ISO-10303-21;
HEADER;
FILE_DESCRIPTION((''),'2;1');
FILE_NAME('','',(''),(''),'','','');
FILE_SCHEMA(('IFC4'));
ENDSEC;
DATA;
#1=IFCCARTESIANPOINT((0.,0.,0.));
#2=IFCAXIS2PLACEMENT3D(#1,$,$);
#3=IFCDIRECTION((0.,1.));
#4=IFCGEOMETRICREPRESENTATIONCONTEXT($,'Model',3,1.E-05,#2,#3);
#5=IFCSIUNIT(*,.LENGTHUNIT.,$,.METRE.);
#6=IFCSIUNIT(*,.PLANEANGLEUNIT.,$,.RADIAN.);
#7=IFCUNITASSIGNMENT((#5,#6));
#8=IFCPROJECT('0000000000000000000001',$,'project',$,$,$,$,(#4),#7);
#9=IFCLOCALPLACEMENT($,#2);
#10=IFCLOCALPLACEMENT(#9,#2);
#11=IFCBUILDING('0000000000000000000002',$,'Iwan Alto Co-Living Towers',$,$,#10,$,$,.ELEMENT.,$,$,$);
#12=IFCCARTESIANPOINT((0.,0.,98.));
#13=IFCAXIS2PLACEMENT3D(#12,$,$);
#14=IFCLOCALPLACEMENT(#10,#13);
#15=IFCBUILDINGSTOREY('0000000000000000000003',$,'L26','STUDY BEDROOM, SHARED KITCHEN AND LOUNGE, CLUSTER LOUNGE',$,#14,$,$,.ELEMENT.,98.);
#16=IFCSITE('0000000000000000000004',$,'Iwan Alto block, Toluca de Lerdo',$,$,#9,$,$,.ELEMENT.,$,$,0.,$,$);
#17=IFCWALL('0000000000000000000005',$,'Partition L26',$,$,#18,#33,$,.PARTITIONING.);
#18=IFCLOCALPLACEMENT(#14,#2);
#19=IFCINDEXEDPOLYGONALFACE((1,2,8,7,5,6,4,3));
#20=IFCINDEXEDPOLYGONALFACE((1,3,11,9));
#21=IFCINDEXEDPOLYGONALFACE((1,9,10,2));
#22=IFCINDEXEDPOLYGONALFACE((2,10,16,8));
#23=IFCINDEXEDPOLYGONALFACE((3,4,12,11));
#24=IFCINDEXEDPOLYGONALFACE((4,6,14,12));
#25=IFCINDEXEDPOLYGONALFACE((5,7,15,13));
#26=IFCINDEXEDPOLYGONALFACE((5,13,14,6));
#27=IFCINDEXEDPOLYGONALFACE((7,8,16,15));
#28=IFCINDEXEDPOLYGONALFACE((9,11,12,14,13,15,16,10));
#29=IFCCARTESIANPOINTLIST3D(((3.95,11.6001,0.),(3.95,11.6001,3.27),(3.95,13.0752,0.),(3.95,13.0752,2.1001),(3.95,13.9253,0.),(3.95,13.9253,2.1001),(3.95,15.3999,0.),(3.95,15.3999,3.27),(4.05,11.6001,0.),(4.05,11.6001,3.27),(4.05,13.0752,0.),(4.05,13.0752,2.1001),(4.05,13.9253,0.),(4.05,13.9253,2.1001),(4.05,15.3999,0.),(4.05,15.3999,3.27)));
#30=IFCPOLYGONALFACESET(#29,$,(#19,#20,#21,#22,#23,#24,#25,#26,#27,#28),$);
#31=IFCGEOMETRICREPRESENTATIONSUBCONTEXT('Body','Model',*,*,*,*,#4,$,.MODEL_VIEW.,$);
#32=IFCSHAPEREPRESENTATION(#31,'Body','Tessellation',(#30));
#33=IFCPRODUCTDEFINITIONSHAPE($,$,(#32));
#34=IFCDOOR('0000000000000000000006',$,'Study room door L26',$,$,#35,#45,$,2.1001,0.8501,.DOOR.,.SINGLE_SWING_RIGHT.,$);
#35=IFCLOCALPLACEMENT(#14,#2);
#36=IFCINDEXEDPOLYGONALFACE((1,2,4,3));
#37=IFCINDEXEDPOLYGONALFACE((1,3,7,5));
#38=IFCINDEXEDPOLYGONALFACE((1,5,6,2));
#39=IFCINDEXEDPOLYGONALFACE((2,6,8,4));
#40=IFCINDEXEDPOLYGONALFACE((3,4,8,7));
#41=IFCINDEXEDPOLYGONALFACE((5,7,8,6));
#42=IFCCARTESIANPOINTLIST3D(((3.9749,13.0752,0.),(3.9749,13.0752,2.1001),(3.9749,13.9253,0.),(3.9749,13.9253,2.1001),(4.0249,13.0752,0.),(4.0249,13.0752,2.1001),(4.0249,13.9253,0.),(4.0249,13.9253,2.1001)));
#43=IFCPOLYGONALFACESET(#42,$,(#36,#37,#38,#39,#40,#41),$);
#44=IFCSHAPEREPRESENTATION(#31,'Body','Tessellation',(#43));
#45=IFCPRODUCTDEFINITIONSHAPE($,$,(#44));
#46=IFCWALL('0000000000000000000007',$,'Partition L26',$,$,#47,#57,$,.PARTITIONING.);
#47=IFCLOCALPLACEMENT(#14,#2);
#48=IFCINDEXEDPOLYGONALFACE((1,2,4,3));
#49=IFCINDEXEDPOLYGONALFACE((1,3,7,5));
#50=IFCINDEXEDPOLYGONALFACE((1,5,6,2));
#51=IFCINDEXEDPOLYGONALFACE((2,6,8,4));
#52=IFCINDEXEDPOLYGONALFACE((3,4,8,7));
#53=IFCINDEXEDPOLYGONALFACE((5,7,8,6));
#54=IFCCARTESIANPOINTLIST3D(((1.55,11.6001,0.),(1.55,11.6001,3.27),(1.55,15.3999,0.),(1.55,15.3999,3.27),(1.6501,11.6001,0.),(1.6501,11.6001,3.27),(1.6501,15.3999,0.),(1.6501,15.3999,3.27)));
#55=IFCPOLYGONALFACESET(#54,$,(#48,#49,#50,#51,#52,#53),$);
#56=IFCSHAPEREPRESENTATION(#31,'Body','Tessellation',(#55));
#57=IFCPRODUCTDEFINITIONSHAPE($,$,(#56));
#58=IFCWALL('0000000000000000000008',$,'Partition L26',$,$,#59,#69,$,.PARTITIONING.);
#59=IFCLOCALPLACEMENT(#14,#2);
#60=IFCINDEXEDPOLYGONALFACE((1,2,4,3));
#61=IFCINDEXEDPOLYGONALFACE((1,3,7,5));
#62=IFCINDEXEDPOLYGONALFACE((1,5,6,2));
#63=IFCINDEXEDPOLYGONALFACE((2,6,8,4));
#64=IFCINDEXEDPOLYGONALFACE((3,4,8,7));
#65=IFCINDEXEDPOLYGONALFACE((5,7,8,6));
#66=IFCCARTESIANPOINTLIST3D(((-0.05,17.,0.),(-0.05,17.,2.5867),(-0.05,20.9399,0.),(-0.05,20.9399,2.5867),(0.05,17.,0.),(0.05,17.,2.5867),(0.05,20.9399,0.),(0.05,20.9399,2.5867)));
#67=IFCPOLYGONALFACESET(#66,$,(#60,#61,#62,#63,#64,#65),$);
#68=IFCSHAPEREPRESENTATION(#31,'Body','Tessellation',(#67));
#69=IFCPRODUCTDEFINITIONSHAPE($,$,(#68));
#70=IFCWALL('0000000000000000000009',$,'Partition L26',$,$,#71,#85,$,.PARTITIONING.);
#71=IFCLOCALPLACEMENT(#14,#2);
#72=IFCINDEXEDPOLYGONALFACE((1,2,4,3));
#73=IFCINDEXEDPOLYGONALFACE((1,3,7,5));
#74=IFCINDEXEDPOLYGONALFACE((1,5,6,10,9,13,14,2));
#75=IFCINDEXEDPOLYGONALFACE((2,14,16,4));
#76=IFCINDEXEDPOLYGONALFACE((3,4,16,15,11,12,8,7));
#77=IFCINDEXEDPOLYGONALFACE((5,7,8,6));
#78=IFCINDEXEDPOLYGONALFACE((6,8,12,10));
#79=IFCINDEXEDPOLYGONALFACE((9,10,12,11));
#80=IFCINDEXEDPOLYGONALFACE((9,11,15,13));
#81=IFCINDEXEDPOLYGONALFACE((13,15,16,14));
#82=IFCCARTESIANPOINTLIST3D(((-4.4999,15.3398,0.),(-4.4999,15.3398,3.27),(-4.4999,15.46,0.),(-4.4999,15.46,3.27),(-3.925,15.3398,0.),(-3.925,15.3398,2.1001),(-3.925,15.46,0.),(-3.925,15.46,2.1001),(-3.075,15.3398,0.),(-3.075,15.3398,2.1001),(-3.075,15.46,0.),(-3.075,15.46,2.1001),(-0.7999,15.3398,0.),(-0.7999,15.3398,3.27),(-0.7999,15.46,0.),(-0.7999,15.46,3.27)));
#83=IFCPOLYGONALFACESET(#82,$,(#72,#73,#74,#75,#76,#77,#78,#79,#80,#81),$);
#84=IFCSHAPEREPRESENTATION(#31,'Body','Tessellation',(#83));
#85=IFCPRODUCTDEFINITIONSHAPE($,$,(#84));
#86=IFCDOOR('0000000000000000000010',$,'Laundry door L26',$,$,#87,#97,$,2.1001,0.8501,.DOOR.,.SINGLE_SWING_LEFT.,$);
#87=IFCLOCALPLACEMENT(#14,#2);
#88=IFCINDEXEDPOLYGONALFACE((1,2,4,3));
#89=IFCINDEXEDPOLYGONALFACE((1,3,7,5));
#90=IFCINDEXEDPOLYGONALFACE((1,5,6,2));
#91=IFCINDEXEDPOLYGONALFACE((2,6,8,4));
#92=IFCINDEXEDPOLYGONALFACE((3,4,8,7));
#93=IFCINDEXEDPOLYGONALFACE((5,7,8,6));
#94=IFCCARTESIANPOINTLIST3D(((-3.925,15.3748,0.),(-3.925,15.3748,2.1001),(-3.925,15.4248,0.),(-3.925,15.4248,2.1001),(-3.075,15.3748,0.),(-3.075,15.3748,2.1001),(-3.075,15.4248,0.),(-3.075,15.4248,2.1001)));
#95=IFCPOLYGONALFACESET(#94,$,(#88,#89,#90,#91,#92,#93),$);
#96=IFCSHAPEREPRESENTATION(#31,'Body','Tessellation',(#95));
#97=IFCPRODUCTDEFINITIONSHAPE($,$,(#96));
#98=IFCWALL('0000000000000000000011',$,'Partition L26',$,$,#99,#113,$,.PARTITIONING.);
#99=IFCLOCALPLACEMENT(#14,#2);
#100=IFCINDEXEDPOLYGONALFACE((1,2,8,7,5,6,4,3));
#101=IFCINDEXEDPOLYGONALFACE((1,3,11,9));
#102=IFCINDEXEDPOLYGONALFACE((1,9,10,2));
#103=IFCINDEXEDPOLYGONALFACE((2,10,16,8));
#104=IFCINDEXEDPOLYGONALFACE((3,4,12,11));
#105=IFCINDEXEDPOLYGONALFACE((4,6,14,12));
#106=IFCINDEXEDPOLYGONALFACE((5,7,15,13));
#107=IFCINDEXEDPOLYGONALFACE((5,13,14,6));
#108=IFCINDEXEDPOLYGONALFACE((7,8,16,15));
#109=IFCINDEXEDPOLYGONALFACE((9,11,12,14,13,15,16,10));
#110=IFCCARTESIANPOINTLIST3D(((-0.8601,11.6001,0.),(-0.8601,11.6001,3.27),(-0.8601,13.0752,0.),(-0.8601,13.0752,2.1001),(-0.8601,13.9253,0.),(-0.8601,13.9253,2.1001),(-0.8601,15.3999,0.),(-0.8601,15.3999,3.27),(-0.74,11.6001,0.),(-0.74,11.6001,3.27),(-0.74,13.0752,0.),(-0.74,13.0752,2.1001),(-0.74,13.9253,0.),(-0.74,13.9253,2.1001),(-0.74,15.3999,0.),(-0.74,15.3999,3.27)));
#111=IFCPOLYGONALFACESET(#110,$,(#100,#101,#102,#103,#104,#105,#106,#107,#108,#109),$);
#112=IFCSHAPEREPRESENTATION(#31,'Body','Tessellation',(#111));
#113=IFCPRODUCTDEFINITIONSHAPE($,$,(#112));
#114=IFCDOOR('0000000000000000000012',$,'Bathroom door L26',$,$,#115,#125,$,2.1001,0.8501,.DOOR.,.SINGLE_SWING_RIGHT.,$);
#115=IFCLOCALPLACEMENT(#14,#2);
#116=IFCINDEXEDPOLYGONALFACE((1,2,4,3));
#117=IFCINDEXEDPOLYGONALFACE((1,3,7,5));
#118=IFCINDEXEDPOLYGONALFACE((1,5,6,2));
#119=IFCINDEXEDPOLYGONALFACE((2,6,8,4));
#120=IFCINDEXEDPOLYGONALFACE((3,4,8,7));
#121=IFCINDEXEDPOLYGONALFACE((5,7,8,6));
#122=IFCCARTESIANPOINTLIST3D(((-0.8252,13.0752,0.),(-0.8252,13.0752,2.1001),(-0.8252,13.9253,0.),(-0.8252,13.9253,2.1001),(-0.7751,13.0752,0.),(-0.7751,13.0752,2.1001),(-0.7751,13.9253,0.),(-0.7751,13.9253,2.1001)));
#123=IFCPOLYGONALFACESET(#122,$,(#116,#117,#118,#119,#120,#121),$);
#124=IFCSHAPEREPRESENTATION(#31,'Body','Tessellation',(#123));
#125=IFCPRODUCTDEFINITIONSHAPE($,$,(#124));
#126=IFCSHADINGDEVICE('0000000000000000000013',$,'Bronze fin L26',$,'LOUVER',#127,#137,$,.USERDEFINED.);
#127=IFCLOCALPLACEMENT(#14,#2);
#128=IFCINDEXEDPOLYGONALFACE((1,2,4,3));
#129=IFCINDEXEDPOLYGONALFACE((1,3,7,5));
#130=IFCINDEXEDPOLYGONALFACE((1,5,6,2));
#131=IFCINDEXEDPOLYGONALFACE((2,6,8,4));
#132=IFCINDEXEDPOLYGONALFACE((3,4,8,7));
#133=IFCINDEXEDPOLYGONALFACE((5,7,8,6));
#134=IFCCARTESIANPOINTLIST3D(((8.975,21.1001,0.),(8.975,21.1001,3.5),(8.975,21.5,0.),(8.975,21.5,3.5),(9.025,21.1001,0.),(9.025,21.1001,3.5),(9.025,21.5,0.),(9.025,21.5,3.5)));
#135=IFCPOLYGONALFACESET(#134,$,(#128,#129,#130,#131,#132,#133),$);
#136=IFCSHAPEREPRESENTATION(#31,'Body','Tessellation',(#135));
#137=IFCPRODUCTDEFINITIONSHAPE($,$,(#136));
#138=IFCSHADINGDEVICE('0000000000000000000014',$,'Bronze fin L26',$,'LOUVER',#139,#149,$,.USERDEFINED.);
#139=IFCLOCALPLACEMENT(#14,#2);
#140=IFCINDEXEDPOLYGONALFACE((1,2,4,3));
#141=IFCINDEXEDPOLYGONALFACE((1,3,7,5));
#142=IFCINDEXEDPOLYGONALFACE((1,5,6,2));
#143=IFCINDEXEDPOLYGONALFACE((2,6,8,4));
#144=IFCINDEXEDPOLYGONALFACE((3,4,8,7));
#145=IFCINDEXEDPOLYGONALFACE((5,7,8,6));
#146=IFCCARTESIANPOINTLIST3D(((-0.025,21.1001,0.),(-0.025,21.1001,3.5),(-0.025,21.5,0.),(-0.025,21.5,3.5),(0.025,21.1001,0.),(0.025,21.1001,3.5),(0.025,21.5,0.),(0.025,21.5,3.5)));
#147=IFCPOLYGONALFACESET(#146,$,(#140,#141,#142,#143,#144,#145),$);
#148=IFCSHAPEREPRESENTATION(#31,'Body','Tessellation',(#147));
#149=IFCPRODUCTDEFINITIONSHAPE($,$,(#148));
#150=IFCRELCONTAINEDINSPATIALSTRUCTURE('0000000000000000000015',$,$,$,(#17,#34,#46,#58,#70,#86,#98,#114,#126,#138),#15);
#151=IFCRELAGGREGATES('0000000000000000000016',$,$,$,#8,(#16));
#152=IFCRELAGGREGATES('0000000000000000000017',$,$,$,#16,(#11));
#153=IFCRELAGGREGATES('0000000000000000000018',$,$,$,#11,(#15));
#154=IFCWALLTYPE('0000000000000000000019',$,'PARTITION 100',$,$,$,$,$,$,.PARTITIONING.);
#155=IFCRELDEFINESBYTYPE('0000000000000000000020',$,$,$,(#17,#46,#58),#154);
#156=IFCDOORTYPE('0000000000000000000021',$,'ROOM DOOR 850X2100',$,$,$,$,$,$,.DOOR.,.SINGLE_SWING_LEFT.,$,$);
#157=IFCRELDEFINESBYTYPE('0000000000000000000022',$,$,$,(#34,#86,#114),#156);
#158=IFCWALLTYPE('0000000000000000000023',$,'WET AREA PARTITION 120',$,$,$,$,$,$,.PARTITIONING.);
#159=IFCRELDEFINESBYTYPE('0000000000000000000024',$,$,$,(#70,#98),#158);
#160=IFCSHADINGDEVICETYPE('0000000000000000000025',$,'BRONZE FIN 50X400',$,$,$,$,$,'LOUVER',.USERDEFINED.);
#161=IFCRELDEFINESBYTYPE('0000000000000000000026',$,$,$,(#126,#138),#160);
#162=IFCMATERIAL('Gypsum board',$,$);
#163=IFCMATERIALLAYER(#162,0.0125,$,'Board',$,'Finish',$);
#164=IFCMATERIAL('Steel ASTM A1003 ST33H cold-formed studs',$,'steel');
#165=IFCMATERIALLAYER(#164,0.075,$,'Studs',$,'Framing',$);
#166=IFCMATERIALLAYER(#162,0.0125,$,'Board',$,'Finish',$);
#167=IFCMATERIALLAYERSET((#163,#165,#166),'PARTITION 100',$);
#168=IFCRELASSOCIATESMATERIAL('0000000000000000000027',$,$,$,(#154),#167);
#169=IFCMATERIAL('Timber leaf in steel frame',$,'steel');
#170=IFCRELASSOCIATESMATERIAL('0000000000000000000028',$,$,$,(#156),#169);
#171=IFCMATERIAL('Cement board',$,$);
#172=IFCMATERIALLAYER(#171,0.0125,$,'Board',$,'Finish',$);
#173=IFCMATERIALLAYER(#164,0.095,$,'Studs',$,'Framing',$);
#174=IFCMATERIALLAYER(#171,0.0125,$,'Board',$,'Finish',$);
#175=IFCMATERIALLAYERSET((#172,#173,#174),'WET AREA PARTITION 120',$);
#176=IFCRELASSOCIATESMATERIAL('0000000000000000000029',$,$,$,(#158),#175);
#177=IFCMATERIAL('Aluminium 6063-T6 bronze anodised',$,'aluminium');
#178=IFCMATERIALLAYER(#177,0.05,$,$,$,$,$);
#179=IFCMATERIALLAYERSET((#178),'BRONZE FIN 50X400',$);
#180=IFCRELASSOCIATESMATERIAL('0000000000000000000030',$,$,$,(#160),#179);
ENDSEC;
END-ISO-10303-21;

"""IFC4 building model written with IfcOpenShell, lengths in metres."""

from ifc_helpers import new_model, si_unit, direction, frame, frame_2d, origin, origin_2d, place, context, subcontext, project, spatial, rectangle, extrude, material, layer, layer_set, type_object, element, fill, save


model = new_model("IFC4")

# Units and contexts
model_context = context("Model", 3, precision=1e-05, world=origin(), true_north=direction((0.0, 1.0)))
body_context = subcontext(model_context, "Body", "Model", "MODEL_VIEW")
ifc_project = project(units=[si_unit("LENGTHUNIT", "METRE"), si_unit("PLANEANGLEUNIT", "RADIAN")], contexts=[model_context])

# Site, building, storey
site_placement = place(None, origin())
site = spatial("IfcSite", under=ifc_project, at=site_placement, Name="Iwan Alto block, Toluca de Lerdo", CompositionType="ELEMENT", RefElevation=0.0)
building_placement = place(site_placement, origin())
building = spatial("IfcBuilding", under=site, at=building_placement, Name="Iwan Alto Co-Living Towers", CompositionType="ELEMENT")
storey_placement = place(building_placement, frame((0.0, 0.0, 98.0)))
storey = spatial("IfcBuildingStorey", under=building, at=storey_placement, Name="L26", Description="STUDY BEDROOM, SHARED KITCHEN AND LOUNGE, CLUSTER LOUNGE", CompositionType="ELEMENT", Elevation=98.0)

# Shared definitions
ifc_material_1 = material(Name="Gypsum board")
ifc_layer_1 = layer(ifc_material_1, 0.0125, Name="Board", Category="Finish")
ifc_material_2 = material(Name="Steel ASTM A1003 ST33H cold-formed studs", Category="steel")
ifc_layer_2 = layer(ifc_material_2, 0.075, Name="Studs", Category="Framing")
ifc_layer_3 = layer(ifc_material_1, 0.0125, Name="Board", Category="Finish")
ifc_layer_set_1 = layer_set([ifc_layer_1, ifc_layer_2, ifc_layer_3], Name="PARTITION 100")
wall_type_1 = type_object("IfcWallType", Name="PARTITION 100", PredefinedType="PARTITIONING", material=ifc_layer_set_1)

# Shared definitions
ifc_material_3 = material(Name="Timber leaf in steel frame", Category="steel")
door_type_1 = type_object("IfcDoorType", Name="ROOM DOOR 850X2100", OperationType="SINGLE_SWING_LEFT", PredefinedType="DOOR", material=ifc_material_3)

# Wall, opening, door
wall_1_placement = place(storey_placement, frame((4.0, 11.6001, 0.0), z_axis=(0.0, 0.0, 1.0), x_axis=(0.0, 1.0, 0.0)))
wall_1 = element("IfcWall", 1, at=wall_1_placement, inside=storey, type_object=wall_type_1, Name="Partition L26", PredefinedType="PARTITIONING", context=body_context, shape_type="SweptSolid", body=[
    extrude(rectangle(XDim=3.7998, YDim=0.1001, at=frame_2d((1.8999, 0.0))), origin(), (0.0, 0.0, 1.0), 3.27),
])
opening_1_placement = place(wall_1_placement, frame((1.4751, 0.0, 0.0)))
opening_1 = element("IfcOpeningElement", 2, at=opening_1_placement, cuts=wall_1, PredefinedType="OPENING", context=body_context, shape_type="SweptSolid", body=[
    extrude(rectangle(XDim=0.8501, YDim=2.1001, at=frame_2d((0.425, 1.05))), frame((0.0, 0.0601, 0.0), z_axis=(0.0, -1.0, 0.0), x_axis=(1.0, 0.0, 0.0)), (0.0, 0.0, 1.0), 0.1201),
])
door_1_placement = place(opening_1_placement, frame((0.8501, 0.0, 0.0), z_axis=(0.0, 0.0, 1.0), x_axis=(-1.0, 0.0, 0.0)))
door_1 = element("IfcDoor", 3, at=door_1_placement, inside=storey, type_object=door_type_1, Name="Study room door L26", OperationType="SINGLE_SWING_RIGHT", OverallHeight=2.1001, OverallWidth=0.8501, PredefinedType="DOOR", context=body_context, shape_type="SweptSolid", body=[
    extrude(rectangle(XDim=0.8501, YDim=2.1001, at=frame_2d((0.425, 1.05))), frame((0.0, 0.0249, 0.0), z_axis=(0.0, -1.0, 0.0), x_axis=(1.0, 0.0, 0.0)), (0.0, 0.0, 1.0), 0.05),
])
fill(opening_1, door_1)

# Walls
wall_2_placement = place(storey_placement, frame((1.6001, 11.6001, 0.0), z_axis=(0.0, 0.0, 1.0), x_axis=(0.0, 1.0, 0.0)))
element("IfcWall", 4, at=wall_2_placement, inside=storey, type_object=wall_type_1, Name="Partition L26", PredefinedType="PARTITIONING", context=body_context, shape_type="SweptSolid", body=[
    extrude(rectangle(XDim=3.7998, YDim=0.1001, at=frame_2d((1.8999, 0.0))), origin(), (0.0, 0.0, 1.0), 3.27),
])
wall_3_placement = place(storey_placement, frame((0.0, 17.0, 0.0), z_axis=(0.0, 0.0, 1.0), x_axis=(0.0, 1.0, 0.0)))
element("IfcWall", 5, at=wall_3_placement, inside=storey, type_object=wall_type_1, Name="Partition L26", PredefinedType="PARTITIONING", context=body_context, shape_type="SweptSolid", body=[
    extrude(rectangle(XDim=3.9399, YDim=0.1001, at=frame_2d((1.97, 0.0))), origin(), (0.0, 0.0, 1.0), 2.5867),
])

# Walls, openings, doors
ifc_material_4 = material(Name="Cement board")
ifc_layer_4 = layer(ifc_material_4, 0.0125, Name="Board", Category="Finish")
ifc_layer_5 = layer(ifc_material_2, 0.095, Name="Studs", Category="Framing")
ifc_layer_6 = layer(ifc_material_4, 0.0125, Name="Board", Category="Finish")
ifc_layer_set_2 = layer_set([ifc_layer_4, ifc_layer_5, ifc_layer_6], Name="WET AREA PARTITION 120")
wall_type_2 = type_object("IfcWallType", Name="WET AREA PARTITION 120", PredefinedType="PARTITIONING", material=ifc_layer_set_2)
wall_4_placement = place(storey_placement, frame((-4.5, 15.3999, 0.0), z_axis=(0.0, 0.0, 1.0), x_axis=(1.0, 0.0, 0.0)))
wall_4 = element("IfcWall", 6, at=wall_4_placement, inside=storey, type_object=wall_type_2, Name="Partition L26", PredefinedType="PARTITIONING", context=body_context, shape_type="SweptSolid", body=[
    extrude(rectangle(XDim=3.7, YDim=0.1201, at=frame_2d((1.8501, 0.0))), origin(), (0.0, 0.0, 1.0), 3.27),
])
opening_2_placement = place(wall_4_placement, frame((0.575, 0.0, 0.0)))
opening_2 = element("IfcOpeningElement", 7, at=opening_2_placement, cuts=wall_4, PredefinedType="OPENING", context=body_context, shape_type="SweptSolid", body=[
    extrude(rectangle(XDim=0.8501, YDim=2.1001, at=frame_2d((0.425, 1.05))), frame((0.0, 0.0701, 0.0), z_axis=(0.0, -1.0, 0.0), x_axis=(1.0, 0.0, 0.0)), (0.0, 0.0, 1.0), 0.1401),
])
door_2_placement = place(opening_2_placement, origin())
door_2 = element("IfcDoor", 8, at=door_2_placement, inside=storey, type_object=door_type_1, Name="Laundry door L26", OperationType="SINGLE_SWING_LEFT", OverallHeight=2.1001, OverallWidth=0.8501, PredefinedType="DOOR", context=body_context, shape_type="SweptSolid", body=[
    extrude(rectangle(XDim=0.8501, YDim=2.1001, at=frame_2d((0.425, 1.05))), frame((0.0, 0.0249, 0.0), z_axis=(0.0, -1.0, 0.0), x_axis=(1.0, 0.0, 0.0)), (0.0, 0.0, 1.0), 0.05),
])
fill(opening_2, door_2)
wall_5_placement = place(storey_placement, frame((-0.8, 11.6001, 0.0), z_axis=(0.0, 0.0, 1.0), x_axis=(0.0, 1.0, 0.0)))
wall_5 = element("IfcWall", 9, at=wall_5_placement, inside=storey, type_object=wall_type_2, Name="Partition L26", PredefinedType="PARTITIONING", context=body_context, shape_type="SweptSolid", body=[
    extrude(rectangle(XDim=3.7998, YDim=0.1201, at=frame_2d((1.8999, 0.0))), origin(), (0.0, 0.0, 1.0), 3.27),
])
opening_3_placement = place(wall_5_placement, frame((1.4751, 0.0, 0.0)))
opening_3 = element("IfcOpeningElement", 10, at=opening_3_placement, cuts=wall_5, PredefinedType="OPENING", context=body_context, shape_type="SweptSolid", body=[
    extrude(rectangle(XDim=0.8501, YDim=2.1001, at=frame_2d((0.425, 1.05))), frame((0.0, 0.0701, 0.0), z_axis=(0.0, -1.0, 0.0), x_axis=(1.0, 0.0, 0.0)), (0.0, 0.0, 1.0), 0.1401),
])
door_3_placement = place(opening_3_placement, frame((0.8501, 0.0, 0.0), z_axis=(0.0, 0.0, 1.0), x_axis=(-1.0, 0.0, 0.0)))
door_3 = element("IfcDoor", 11, at=door_3_placement, inside=storey, type_object=door_type_1, Name="Bathroom door L26", OperationType="SINGLE_SWING_RIGHT", OverallHeight=2.1001, OverallWidth=0.8501, PredefinedType="DOOR", context=body_context, shape_type="SweptSolid", body=[
    extrude(rectangle(XDim=0.8501, YDim=2.1001, at=frame_2d((0.425, 1.05))), frame((0.0, 0.0249, 0.0), z_axis=(0.0, -1.0, 0.0), x_axis=(1.0, 0.0, 0.0)), (0.0, 0.0, 1.0), 0.05),
])
fill(opening_3, door_3)

# Shading devices
ifc_material_5 = material(Name="Aluminium 6063-T6 bronze anodised", Category="aluminium")
ifc_layer_7 = layer(ifc_material_5, 0.05)
ifc_layer_set_3 = layer_set([ifc_layer_7], Name="BRONZE FIN 50X400")
shading_device_type = type_object("IfcShadingDeviceType", Name="BRONZE FIN 50X400", ElementType="LOUVER", PredefinedType="USERDEFINED", material=ifc_layer_set_3)
for number, where, z_axis, x_axis, name in (
    (12, (9.0, 21.3, 0.0), (0.0, 0.0, 1.0), (-1.0, 0.0, 0.0), "Bronze fin L26"),
    (13, (0.0, 21.3, 0.0), (0.0, 0.0, 1.0), (-1.0, 0.0, 0.0), "Bronze fin L26"),
):
    element("IfcShadingDevice", number, at=place(storey_placement, frame(where, z_axis=z_axis, x_axis=x_axis)), inside=storey, type_object=shading_device_type, Name=name, ObjectType="LOUVER", PredefinedType="USERDEFINED", context=body_context, shape_type="SweptSolid", body=[
        extrude(rectangle(XDim=0.05, YDim=0.3999, at=origin_2d()), origin(), (0.0, 0.0, 1.0), 3.5),
    ])

save(model, "model.ifc")
